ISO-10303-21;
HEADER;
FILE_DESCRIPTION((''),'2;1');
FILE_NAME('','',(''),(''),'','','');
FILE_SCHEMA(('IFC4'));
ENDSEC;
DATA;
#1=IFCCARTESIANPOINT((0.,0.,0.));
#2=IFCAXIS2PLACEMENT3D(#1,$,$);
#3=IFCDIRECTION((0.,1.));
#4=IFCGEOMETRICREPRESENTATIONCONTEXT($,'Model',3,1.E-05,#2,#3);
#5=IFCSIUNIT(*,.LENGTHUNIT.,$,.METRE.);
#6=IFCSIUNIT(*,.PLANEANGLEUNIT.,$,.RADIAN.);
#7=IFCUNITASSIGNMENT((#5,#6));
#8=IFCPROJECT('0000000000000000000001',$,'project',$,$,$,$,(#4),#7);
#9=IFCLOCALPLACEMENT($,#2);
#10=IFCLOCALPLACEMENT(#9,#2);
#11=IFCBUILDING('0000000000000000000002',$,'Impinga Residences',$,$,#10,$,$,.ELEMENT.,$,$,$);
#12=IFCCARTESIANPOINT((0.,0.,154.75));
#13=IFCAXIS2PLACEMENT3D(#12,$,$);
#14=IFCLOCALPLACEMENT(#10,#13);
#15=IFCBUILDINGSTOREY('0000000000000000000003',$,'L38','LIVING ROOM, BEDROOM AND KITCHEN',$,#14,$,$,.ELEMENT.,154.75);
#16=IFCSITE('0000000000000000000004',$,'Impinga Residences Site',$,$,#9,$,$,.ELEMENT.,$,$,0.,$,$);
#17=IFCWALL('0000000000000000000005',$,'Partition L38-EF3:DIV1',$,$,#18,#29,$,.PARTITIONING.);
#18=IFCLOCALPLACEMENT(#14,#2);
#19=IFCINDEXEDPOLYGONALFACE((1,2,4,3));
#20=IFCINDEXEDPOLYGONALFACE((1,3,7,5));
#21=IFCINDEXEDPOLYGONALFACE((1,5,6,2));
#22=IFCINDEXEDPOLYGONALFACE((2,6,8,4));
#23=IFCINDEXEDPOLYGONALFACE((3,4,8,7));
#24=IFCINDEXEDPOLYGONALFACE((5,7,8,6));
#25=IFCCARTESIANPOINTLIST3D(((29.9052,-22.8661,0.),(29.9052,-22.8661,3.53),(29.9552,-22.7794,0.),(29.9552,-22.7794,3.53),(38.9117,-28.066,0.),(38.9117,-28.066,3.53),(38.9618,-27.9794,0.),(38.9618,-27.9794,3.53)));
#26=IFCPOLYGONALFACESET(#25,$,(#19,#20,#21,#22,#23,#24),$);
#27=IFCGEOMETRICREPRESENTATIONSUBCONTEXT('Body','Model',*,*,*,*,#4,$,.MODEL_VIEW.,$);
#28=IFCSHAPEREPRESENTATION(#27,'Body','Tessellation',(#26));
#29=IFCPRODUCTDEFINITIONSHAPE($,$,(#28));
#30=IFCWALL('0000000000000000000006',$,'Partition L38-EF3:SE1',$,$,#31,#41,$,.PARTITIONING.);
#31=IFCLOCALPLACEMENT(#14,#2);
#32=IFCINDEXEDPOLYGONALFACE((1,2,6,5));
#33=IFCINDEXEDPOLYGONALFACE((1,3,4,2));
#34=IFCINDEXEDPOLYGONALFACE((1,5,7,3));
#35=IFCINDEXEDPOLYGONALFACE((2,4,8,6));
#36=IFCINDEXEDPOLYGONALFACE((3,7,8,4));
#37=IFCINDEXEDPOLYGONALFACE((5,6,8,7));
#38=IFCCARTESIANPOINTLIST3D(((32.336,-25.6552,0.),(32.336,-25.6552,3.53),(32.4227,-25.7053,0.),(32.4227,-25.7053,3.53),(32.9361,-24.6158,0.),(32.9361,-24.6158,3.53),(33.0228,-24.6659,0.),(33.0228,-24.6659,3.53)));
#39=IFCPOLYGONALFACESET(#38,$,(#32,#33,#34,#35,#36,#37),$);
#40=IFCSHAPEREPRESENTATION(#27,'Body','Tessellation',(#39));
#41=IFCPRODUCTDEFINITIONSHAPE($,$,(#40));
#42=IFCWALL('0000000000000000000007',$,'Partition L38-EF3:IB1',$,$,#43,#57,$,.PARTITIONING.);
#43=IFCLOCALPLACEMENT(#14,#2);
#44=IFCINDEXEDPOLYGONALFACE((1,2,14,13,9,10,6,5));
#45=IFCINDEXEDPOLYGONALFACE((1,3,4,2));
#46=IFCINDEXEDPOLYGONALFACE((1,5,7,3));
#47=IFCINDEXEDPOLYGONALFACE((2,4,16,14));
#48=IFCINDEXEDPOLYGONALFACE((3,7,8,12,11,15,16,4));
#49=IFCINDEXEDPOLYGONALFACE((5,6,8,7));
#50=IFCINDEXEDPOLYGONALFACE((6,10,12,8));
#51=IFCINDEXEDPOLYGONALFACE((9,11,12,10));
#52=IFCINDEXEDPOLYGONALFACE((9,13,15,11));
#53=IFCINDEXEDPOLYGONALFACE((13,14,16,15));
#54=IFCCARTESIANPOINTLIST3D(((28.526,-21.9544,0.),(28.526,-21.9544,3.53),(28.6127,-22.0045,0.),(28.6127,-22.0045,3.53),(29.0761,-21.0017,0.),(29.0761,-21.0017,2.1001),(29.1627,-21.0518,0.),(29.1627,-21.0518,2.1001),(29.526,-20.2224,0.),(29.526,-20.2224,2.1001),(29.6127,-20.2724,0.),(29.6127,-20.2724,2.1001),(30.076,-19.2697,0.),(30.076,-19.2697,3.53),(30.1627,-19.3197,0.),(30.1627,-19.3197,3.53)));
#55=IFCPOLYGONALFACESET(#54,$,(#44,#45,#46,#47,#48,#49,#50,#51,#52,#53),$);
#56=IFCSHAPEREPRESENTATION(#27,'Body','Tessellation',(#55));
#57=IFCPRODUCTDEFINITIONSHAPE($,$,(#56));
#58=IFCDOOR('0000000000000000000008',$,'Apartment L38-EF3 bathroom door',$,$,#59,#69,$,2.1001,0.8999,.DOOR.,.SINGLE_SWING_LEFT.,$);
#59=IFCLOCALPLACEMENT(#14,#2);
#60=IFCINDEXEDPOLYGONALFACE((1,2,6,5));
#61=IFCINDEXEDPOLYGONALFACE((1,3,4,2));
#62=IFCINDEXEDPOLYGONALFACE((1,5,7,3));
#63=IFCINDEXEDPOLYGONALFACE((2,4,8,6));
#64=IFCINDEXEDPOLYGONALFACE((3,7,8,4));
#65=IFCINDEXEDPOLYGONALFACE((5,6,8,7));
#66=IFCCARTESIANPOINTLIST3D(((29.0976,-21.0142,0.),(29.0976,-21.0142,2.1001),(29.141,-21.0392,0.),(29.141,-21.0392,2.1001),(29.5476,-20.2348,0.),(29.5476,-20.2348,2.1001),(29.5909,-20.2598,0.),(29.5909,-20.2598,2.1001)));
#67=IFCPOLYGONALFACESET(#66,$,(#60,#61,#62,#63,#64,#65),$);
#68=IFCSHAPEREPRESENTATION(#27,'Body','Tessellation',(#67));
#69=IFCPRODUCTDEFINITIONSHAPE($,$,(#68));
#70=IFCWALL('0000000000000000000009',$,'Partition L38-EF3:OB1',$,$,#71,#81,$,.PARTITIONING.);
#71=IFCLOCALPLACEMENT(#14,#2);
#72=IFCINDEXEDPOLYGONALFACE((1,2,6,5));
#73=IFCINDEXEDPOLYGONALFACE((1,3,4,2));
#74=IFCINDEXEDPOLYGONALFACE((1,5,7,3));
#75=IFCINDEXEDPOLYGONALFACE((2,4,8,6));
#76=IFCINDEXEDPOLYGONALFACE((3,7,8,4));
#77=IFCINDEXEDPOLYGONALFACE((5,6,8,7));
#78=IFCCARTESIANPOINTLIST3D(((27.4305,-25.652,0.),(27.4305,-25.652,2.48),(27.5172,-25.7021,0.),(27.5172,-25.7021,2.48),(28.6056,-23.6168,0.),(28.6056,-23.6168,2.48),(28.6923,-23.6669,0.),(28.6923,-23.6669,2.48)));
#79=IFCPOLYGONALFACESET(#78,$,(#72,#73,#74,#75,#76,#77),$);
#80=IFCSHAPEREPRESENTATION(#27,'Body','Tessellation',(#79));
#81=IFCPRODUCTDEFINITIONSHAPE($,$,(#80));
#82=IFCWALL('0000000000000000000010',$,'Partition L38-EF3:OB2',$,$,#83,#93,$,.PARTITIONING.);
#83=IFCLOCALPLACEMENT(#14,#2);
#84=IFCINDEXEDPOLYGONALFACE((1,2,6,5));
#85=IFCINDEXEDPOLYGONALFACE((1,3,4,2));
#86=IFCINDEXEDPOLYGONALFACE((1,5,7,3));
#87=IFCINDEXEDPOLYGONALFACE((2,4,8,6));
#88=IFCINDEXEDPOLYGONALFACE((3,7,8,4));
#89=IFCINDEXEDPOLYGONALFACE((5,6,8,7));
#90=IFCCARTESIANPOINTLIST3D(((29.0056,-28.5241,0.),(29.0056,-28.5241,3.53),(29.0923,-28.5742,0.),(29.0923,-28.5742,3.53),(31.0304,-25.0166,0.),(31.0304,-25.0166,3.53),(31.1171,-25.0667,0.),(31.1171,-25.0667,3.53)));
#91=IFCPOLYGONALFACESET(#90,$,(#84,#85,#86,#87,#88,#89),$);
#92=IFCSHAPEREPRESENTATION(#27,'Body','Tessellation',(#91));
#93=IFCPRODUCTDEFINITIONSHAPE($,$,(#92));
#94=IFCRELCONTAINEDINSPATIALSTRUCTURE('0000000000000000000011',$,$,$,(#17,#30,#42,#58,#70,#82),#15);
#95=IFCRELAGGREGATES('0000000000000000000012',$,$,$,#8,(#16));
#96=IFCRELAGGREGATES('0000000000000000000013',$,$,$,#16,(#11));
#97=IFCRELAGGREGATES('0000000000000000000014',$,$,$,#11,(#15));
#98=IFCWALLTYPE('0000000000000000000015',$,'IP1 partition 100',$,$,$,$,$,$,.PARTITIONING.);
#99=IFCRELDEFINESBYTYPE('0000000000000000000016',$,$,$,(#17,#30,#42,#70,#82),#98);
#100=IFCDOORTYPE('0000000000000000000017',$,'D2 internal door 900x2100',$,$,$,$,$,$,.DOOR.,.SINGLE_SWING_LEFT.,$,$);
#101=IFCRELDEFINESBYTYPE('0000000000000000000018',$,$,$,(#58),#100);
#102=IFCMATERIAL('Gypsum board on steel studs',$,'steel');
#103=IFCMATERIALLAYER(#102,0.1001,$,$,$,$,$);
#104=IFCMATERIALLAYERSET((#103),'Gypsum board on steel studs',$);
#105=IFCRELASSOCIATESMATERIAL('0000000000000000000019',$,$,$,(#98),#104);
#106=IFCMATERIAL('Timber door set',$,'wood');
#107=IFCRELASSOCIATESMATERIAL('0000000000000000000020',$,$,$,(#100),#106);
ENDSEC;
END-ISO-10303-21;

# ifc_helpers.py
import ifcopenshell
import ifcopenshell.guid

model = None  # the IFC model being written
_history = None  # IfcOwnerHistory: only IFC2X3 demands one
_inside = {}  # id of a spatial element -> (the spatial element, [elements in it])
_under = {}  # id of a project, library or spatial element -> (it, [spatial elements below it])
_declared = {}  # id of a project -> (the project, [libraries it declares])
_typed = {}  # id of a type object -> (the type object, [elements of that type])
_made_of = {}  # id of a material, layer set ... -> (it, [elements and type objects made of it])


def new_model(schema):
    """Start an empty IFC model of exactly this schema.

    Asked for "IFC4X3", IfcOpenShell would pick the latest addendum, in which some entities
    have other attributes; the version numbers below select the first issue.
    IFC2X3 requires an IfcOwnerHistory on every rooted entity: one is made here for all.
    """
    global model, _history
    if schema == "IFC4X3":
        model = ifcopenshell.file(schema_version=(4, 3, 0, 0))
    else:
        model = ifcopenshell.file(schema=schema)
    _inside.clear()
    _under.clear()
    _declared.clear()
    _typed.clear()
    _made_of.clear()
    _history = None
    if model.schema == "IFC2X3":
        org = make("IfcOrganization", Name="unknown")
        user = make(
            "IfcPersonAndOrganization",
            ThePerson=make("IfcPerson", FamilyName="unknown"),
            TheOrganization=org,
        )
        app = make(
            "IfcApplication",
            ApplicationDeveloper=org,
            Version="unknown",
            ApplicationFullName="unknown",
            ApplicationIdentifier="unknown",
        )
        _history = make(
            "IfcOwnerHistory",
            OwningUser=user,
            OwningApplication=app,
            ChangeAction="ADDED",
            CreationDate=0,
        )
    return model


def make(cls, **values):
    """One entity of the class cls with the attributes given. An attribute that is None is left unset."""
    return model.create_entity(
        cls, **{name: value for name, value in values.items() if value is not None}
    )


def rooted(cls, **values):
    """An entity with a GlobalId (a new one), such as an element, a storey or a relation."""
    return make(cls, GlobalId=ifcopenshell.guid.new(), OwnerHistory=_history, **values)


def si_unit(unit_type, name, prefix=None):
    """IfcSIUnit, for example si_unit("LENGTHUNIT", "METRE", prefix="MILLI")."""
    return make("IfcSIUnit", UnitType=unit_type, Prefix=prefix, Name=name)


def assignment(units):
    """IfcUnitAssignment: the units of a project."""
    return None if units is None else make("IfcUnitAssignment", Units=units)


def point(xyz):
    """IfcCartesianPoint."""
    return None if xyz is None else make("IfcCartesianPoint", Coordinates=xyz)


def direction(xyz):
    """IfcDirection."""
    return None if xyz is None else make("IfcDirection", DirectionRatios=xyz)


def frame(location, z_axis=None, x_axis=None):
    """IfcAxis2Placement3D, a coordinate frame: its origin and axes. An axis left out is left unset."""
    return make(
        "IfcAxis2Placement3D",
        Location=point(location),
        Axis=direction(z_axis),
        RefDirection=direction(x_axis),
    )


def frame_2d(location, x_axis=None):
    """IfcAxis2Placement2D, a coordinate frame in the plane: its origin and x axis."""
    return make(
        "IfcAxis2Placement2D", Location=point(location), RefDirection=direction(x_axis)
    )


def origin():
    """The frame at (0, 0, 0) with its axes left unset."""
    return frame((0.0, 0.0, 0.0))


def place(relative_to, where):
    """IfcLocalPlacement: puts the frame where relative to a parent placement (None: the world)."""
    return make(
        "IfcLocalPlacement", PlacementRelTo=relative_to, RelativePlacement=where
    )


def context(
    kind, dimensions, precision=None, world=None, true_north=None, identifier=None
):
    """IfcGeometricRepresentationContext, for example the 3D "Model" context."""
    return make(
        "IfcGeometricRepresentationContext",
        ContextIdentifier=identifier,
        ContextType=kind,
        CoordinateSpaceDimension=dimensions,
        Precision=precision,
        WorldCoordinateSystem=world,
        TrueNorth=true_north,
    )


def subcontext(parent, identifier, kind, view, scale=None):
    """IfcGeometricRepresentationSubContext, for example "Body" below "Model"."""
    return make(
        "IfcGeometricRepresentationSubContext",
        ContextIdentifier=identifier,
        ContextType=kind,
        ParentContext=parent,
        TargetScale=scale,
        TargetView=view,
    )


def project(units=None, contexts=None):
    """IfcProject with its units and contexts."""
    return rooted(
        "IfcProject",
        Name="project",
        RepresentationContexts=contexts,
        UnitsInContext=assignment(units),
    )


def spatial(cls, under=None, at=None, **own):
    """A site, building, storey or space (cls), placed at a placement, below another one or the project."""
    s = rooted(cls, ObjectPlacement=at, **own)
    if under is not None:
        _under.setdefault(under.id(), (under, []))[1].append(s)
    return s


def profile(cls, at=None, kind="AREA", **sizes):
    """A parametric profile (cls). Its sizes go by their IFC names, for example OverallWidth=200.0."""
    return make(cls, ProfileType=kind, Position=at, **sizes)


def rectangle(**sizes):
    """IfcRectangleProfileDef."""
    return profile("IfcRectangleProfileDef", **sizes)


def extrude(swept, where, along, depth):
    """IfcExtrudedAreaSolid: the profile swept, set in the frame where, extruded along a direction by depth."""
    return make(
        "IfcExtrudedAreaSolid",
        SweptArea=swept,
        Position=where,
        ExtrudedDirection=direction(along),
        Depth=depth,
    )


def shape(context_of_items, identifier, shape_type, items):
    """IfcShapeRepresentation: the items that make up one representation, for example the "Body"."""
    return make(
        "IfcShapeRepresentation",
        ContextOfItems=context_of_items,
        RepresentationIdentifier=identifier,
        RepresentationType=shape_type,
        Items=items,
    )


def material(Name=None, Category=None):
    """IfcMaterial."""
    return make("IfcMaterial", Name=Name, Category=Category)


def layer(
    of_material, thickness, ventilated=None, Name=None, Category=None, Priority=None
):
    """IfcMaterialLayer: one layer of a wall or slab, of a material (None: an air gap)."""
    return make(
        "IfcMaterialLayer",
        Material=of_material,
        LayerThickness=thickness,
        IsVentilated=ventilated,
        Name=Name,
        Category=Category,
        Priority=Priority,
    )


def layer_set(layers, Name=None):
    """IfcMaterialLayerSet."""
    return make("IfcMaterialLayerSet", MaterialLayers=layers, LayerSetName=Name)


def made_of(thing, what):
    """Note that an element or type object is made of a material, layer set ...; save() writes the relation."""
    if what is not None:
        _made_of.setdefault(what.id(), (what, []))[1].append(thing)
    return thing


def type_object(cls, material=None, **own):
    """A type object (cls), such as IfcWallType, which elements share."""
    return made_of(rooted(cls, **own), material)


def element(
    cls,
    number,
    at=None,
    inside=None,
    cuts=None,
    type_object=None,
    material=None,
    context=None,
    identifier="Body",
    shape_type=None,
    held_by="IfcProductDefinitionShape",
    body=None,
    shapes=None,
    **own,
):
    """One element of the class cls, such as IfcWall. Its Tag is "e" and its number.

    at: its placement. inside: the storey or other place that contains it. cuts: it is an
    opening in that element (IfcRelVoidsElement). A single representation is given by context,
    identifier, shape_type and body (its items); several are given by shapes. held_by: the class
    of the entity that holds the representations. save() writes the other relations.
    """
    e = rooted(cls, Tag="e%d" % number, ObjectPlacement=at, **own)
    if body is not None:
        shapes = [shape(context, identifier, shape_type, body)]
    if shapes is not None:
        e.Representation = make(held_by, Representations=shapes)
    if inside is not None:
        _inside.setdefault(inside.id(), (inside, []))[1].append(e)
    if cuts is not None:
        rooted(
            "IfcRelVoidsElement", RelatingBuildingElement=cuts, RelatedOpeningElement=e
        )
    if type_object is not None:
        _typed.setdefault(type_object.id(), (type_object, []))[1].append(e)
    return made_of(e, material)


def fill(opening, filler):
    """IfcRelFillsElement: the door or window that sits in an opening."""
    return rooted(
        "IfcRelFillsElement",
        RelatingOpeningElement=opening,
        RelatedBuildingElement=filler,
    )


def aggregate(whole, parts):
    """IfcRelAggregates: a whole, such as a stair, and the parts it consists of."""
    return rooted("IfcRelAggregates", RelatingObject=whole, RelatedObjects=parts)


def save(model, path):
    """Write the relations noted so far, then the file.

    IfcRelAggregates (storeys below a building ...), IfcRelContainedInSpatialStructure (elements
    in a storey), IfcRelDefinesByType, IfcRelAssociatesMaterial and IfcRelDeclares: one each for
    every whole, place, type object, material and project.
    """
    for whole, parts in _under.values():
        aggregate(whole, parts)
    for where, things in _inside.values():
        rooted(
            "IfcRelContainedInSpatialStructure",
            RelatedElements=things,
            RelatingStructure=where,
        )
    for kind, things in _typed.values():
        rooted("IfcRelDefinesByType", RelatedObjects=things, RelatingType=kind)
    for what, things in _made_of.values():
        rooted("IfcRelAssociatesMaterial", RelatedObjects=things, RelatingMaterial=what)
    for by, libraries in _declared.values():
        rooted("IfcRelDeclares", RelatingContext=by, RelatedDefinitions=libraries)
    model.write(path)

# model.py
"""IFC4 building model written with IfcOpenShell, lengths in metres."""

from ifc_helpers import new_model, si_unit, direction, frame, frame_2d, origin, place, context, subcontext, project, spatial, rectangle, extrude, material, layer, layer_set, type_object, element, fill, save


model = new_model("IFC4")

# Units and contexts
model_context = context("Model", 3, precision=1e-05, world=origin(), true_north=direction((0.0, 1.0)))
body_context = subcontext(model_context, "Body", "Model", "MODEL_VIEW")
ifc_project = project(units=[si_unit("LENGTHUNIT", "METRE"), si_unit("PLANEANGLEUNIT", "RADIAN")], contexts=[model_context])

# Site, building, storey
site_placement = place(None, origin())
site = spatial("IfcSite", under=ifc_project, at=site_placement, Name="Impinga Residences Site", CompositionType="ELEMENT", RefElevation=0.0)
building_placement = place(site_placement, origin())
building = spatial("IfcBuilding", under=site, at=building_placement, Name="Impinga Residences", CompositionType="ELEMENT")
storey_placement = place(building_placement, frame((0.0, 0.0, 154.75)))
storey = spatial("IfcBuildingStorey", under=building, at=storey_placement, Name="L38", Description="LIVING ROOM, BEDROOM AND KITCHEN", CompositionType="ELEMENT", Elevation=154.75)

# Walls
ifc_material_1 = material(Name="Gypsum board on steel studs", Category="steel")
ifc_layer_1 = layer(ifc_material_1, 0.1001)
ifc_layer_set_1 = layer_set([ifc_layer_1], Name="Gypsum board on steel studs")
wall_type_1 = type_object("IfcWallType", Name="IP1 partition 100", PredefinedType="PARTITIONING", material=ifc_layer_set_1)
wall_1_placement = place(storey_placement, frame((29.9302, -22.8228, 0.0), z_axis=(0.0, 0.0, 1.0), x_axis=(0.866026, -0.499999, 0.0)))
element("IfcWall", 1, at=wall_1_placement, inside=storey, type_object=wall_type_1, Name="Partition L38-EF3:DIV1", PredefinedType="PARTITIONING", context=body_context, shape_type="SweptSolid", body=[
    extrude(rectangle(XDim=10.3999, YDim=0.1001, at=frame_2d((5.2, 0.0))), origin(), (0.0, 0.0, 1.0), 3.53),
])
wall_2_placement = place(storey_placement, frame((32.9795, -24.6409, 0.0), z_axis=(0.0, 0.0, 1.0), x_axis=(-0.500034, -0.866006, 0.0)))
element("IfcWall", 2, at=wall_2_placement, inside=storey, type_object=wall_type_1, Name="Partition L38-EF3:SE1", PredefinedType="PARTITIONING", context=body_context, shape_type="SweptSolid", body=[
    extrude(rectangle(XDim=1.2002, YDim=0.1001, at=frame_2d((0.6001, 0.0))), origin(), (0.0, 0.0, 1.0), 3.53),
])

# Wall, opening, door
wall_3_placement = place(storey_placement, frame((30.1194, -19.2947, 0.0), z_axis=(0.0, 0.0, 1.0), x_axis=(-0.499993, -0.86603, 0.0)))
wall_3 = element("IfcWall", 3, at=wall_3_placement, inside=storey, type_object=wall_type_1, Name="Partition L38-EF3:IB1", PredefinedType="PARTITIONING", context=body_context, shape_type="SweptSolid", body=[
    extrude(rectangle(XDim=3.1001, YDim=0.1001, at=frame_2d((1.55, 0.0))), origin(), (0.0, 0.0, 1.0), 3.53),
])
opening_1_placement = place(wall_3_placement, frame((1.1001, 0.0, 0.0)))
opening_1 = element("IfcOpeningElement", 4, at=opening_1_placement, cuts=wall_3, PredefinedType="OPENING", context=body_context, shape_type="SweptSolid", body=[
    extrude(rectangle(XDim=0.8999, YDim=2.1001, at=frame_2d((0.45, 1.05))), frame((0.0, 0.0601, 0.0), z_axis=(0.0, -1.0, 0.0), x_axis=(1.0, 0.0, 0.0)), (0.0, 0.0, 1.0), 0.1201),
])
ifc_material_2 = material(Name="Timber door set", Category="wood")
door_type = type_object("IfcDoorType", Name="D2 internal door 900x2100", OperationType="SINGLE_SWING_LEFT", PredefinedType="DOOR", material=ifc_material_2)
door_placement = place(opening_1_placement, origin())
door = element("IfcDoor", 5, at=door_placement, inside=storey, type_object=door_type, Name="Apartment L38-EF3 bathroom door", OperationType="SINGLE_SWING_LEFT", OverallHeight=2.1001, OverallWidth=0.8999, PredefinedType="DOOR", context=body_context, shape_type="SweptSolid", body=[
    extrude(rectangle(XDim=0.8999, YDim=2.1001, at=frame_2d((0.45, 1.05))), frame((0.0, 0.0249, 0.0), z_axis=(0.0, -1.0, 0.0), x_axis=(1.0, 0.0, 0.0)), (0.0, 0.0, 1.0), 0.05),
])
fill(opening_1, door)

# Walls
wall_4_placement = place(storey_placement, frame((28.6489, -23.6418, 0.0), z_axis=(0.0, 0.0, 1.0), x_axis=(-0.500016, -0.866016, 0.0)))
element("IfcWall", 6, at=wall_4_placement, inside=storey, type_object=wall_type_1, Name="Partition L38-EF3:OB1", PredefinedType="PARTITIONING", context=body_context, shape_type="SweptSolid", body=[
    extrude(rectangle(XDim=2.3501, YDim=0.1001, at=frame_2d((1.175, 0.0))), origin(), (0.0, 0.0, 1.0), 2.48),
])
wall_5_placement = place(storey_placement, frame((31.0737, -25.0417, 0.0), z_axis=(0.0, 0.0, 1.0), x_axis=(-0.499964, -0.866046, 0.0)))
element("IfcWall", 7, at=wall_5_placement, inside=storey, type_object=wall_type_1, Name="Partition L38-EF3:OB2", PredefinedType="PARTITIONING", context=body_context, shape_type="SweptSolid", body=[
    extrude(rectangle(XDim=4.05, YDim=0.1001, at=frame_2d((2.0249, 0.0))), origin(), (0.0, 0.0, 1.0), 3.53),
])

save(model, "model.ifc")
